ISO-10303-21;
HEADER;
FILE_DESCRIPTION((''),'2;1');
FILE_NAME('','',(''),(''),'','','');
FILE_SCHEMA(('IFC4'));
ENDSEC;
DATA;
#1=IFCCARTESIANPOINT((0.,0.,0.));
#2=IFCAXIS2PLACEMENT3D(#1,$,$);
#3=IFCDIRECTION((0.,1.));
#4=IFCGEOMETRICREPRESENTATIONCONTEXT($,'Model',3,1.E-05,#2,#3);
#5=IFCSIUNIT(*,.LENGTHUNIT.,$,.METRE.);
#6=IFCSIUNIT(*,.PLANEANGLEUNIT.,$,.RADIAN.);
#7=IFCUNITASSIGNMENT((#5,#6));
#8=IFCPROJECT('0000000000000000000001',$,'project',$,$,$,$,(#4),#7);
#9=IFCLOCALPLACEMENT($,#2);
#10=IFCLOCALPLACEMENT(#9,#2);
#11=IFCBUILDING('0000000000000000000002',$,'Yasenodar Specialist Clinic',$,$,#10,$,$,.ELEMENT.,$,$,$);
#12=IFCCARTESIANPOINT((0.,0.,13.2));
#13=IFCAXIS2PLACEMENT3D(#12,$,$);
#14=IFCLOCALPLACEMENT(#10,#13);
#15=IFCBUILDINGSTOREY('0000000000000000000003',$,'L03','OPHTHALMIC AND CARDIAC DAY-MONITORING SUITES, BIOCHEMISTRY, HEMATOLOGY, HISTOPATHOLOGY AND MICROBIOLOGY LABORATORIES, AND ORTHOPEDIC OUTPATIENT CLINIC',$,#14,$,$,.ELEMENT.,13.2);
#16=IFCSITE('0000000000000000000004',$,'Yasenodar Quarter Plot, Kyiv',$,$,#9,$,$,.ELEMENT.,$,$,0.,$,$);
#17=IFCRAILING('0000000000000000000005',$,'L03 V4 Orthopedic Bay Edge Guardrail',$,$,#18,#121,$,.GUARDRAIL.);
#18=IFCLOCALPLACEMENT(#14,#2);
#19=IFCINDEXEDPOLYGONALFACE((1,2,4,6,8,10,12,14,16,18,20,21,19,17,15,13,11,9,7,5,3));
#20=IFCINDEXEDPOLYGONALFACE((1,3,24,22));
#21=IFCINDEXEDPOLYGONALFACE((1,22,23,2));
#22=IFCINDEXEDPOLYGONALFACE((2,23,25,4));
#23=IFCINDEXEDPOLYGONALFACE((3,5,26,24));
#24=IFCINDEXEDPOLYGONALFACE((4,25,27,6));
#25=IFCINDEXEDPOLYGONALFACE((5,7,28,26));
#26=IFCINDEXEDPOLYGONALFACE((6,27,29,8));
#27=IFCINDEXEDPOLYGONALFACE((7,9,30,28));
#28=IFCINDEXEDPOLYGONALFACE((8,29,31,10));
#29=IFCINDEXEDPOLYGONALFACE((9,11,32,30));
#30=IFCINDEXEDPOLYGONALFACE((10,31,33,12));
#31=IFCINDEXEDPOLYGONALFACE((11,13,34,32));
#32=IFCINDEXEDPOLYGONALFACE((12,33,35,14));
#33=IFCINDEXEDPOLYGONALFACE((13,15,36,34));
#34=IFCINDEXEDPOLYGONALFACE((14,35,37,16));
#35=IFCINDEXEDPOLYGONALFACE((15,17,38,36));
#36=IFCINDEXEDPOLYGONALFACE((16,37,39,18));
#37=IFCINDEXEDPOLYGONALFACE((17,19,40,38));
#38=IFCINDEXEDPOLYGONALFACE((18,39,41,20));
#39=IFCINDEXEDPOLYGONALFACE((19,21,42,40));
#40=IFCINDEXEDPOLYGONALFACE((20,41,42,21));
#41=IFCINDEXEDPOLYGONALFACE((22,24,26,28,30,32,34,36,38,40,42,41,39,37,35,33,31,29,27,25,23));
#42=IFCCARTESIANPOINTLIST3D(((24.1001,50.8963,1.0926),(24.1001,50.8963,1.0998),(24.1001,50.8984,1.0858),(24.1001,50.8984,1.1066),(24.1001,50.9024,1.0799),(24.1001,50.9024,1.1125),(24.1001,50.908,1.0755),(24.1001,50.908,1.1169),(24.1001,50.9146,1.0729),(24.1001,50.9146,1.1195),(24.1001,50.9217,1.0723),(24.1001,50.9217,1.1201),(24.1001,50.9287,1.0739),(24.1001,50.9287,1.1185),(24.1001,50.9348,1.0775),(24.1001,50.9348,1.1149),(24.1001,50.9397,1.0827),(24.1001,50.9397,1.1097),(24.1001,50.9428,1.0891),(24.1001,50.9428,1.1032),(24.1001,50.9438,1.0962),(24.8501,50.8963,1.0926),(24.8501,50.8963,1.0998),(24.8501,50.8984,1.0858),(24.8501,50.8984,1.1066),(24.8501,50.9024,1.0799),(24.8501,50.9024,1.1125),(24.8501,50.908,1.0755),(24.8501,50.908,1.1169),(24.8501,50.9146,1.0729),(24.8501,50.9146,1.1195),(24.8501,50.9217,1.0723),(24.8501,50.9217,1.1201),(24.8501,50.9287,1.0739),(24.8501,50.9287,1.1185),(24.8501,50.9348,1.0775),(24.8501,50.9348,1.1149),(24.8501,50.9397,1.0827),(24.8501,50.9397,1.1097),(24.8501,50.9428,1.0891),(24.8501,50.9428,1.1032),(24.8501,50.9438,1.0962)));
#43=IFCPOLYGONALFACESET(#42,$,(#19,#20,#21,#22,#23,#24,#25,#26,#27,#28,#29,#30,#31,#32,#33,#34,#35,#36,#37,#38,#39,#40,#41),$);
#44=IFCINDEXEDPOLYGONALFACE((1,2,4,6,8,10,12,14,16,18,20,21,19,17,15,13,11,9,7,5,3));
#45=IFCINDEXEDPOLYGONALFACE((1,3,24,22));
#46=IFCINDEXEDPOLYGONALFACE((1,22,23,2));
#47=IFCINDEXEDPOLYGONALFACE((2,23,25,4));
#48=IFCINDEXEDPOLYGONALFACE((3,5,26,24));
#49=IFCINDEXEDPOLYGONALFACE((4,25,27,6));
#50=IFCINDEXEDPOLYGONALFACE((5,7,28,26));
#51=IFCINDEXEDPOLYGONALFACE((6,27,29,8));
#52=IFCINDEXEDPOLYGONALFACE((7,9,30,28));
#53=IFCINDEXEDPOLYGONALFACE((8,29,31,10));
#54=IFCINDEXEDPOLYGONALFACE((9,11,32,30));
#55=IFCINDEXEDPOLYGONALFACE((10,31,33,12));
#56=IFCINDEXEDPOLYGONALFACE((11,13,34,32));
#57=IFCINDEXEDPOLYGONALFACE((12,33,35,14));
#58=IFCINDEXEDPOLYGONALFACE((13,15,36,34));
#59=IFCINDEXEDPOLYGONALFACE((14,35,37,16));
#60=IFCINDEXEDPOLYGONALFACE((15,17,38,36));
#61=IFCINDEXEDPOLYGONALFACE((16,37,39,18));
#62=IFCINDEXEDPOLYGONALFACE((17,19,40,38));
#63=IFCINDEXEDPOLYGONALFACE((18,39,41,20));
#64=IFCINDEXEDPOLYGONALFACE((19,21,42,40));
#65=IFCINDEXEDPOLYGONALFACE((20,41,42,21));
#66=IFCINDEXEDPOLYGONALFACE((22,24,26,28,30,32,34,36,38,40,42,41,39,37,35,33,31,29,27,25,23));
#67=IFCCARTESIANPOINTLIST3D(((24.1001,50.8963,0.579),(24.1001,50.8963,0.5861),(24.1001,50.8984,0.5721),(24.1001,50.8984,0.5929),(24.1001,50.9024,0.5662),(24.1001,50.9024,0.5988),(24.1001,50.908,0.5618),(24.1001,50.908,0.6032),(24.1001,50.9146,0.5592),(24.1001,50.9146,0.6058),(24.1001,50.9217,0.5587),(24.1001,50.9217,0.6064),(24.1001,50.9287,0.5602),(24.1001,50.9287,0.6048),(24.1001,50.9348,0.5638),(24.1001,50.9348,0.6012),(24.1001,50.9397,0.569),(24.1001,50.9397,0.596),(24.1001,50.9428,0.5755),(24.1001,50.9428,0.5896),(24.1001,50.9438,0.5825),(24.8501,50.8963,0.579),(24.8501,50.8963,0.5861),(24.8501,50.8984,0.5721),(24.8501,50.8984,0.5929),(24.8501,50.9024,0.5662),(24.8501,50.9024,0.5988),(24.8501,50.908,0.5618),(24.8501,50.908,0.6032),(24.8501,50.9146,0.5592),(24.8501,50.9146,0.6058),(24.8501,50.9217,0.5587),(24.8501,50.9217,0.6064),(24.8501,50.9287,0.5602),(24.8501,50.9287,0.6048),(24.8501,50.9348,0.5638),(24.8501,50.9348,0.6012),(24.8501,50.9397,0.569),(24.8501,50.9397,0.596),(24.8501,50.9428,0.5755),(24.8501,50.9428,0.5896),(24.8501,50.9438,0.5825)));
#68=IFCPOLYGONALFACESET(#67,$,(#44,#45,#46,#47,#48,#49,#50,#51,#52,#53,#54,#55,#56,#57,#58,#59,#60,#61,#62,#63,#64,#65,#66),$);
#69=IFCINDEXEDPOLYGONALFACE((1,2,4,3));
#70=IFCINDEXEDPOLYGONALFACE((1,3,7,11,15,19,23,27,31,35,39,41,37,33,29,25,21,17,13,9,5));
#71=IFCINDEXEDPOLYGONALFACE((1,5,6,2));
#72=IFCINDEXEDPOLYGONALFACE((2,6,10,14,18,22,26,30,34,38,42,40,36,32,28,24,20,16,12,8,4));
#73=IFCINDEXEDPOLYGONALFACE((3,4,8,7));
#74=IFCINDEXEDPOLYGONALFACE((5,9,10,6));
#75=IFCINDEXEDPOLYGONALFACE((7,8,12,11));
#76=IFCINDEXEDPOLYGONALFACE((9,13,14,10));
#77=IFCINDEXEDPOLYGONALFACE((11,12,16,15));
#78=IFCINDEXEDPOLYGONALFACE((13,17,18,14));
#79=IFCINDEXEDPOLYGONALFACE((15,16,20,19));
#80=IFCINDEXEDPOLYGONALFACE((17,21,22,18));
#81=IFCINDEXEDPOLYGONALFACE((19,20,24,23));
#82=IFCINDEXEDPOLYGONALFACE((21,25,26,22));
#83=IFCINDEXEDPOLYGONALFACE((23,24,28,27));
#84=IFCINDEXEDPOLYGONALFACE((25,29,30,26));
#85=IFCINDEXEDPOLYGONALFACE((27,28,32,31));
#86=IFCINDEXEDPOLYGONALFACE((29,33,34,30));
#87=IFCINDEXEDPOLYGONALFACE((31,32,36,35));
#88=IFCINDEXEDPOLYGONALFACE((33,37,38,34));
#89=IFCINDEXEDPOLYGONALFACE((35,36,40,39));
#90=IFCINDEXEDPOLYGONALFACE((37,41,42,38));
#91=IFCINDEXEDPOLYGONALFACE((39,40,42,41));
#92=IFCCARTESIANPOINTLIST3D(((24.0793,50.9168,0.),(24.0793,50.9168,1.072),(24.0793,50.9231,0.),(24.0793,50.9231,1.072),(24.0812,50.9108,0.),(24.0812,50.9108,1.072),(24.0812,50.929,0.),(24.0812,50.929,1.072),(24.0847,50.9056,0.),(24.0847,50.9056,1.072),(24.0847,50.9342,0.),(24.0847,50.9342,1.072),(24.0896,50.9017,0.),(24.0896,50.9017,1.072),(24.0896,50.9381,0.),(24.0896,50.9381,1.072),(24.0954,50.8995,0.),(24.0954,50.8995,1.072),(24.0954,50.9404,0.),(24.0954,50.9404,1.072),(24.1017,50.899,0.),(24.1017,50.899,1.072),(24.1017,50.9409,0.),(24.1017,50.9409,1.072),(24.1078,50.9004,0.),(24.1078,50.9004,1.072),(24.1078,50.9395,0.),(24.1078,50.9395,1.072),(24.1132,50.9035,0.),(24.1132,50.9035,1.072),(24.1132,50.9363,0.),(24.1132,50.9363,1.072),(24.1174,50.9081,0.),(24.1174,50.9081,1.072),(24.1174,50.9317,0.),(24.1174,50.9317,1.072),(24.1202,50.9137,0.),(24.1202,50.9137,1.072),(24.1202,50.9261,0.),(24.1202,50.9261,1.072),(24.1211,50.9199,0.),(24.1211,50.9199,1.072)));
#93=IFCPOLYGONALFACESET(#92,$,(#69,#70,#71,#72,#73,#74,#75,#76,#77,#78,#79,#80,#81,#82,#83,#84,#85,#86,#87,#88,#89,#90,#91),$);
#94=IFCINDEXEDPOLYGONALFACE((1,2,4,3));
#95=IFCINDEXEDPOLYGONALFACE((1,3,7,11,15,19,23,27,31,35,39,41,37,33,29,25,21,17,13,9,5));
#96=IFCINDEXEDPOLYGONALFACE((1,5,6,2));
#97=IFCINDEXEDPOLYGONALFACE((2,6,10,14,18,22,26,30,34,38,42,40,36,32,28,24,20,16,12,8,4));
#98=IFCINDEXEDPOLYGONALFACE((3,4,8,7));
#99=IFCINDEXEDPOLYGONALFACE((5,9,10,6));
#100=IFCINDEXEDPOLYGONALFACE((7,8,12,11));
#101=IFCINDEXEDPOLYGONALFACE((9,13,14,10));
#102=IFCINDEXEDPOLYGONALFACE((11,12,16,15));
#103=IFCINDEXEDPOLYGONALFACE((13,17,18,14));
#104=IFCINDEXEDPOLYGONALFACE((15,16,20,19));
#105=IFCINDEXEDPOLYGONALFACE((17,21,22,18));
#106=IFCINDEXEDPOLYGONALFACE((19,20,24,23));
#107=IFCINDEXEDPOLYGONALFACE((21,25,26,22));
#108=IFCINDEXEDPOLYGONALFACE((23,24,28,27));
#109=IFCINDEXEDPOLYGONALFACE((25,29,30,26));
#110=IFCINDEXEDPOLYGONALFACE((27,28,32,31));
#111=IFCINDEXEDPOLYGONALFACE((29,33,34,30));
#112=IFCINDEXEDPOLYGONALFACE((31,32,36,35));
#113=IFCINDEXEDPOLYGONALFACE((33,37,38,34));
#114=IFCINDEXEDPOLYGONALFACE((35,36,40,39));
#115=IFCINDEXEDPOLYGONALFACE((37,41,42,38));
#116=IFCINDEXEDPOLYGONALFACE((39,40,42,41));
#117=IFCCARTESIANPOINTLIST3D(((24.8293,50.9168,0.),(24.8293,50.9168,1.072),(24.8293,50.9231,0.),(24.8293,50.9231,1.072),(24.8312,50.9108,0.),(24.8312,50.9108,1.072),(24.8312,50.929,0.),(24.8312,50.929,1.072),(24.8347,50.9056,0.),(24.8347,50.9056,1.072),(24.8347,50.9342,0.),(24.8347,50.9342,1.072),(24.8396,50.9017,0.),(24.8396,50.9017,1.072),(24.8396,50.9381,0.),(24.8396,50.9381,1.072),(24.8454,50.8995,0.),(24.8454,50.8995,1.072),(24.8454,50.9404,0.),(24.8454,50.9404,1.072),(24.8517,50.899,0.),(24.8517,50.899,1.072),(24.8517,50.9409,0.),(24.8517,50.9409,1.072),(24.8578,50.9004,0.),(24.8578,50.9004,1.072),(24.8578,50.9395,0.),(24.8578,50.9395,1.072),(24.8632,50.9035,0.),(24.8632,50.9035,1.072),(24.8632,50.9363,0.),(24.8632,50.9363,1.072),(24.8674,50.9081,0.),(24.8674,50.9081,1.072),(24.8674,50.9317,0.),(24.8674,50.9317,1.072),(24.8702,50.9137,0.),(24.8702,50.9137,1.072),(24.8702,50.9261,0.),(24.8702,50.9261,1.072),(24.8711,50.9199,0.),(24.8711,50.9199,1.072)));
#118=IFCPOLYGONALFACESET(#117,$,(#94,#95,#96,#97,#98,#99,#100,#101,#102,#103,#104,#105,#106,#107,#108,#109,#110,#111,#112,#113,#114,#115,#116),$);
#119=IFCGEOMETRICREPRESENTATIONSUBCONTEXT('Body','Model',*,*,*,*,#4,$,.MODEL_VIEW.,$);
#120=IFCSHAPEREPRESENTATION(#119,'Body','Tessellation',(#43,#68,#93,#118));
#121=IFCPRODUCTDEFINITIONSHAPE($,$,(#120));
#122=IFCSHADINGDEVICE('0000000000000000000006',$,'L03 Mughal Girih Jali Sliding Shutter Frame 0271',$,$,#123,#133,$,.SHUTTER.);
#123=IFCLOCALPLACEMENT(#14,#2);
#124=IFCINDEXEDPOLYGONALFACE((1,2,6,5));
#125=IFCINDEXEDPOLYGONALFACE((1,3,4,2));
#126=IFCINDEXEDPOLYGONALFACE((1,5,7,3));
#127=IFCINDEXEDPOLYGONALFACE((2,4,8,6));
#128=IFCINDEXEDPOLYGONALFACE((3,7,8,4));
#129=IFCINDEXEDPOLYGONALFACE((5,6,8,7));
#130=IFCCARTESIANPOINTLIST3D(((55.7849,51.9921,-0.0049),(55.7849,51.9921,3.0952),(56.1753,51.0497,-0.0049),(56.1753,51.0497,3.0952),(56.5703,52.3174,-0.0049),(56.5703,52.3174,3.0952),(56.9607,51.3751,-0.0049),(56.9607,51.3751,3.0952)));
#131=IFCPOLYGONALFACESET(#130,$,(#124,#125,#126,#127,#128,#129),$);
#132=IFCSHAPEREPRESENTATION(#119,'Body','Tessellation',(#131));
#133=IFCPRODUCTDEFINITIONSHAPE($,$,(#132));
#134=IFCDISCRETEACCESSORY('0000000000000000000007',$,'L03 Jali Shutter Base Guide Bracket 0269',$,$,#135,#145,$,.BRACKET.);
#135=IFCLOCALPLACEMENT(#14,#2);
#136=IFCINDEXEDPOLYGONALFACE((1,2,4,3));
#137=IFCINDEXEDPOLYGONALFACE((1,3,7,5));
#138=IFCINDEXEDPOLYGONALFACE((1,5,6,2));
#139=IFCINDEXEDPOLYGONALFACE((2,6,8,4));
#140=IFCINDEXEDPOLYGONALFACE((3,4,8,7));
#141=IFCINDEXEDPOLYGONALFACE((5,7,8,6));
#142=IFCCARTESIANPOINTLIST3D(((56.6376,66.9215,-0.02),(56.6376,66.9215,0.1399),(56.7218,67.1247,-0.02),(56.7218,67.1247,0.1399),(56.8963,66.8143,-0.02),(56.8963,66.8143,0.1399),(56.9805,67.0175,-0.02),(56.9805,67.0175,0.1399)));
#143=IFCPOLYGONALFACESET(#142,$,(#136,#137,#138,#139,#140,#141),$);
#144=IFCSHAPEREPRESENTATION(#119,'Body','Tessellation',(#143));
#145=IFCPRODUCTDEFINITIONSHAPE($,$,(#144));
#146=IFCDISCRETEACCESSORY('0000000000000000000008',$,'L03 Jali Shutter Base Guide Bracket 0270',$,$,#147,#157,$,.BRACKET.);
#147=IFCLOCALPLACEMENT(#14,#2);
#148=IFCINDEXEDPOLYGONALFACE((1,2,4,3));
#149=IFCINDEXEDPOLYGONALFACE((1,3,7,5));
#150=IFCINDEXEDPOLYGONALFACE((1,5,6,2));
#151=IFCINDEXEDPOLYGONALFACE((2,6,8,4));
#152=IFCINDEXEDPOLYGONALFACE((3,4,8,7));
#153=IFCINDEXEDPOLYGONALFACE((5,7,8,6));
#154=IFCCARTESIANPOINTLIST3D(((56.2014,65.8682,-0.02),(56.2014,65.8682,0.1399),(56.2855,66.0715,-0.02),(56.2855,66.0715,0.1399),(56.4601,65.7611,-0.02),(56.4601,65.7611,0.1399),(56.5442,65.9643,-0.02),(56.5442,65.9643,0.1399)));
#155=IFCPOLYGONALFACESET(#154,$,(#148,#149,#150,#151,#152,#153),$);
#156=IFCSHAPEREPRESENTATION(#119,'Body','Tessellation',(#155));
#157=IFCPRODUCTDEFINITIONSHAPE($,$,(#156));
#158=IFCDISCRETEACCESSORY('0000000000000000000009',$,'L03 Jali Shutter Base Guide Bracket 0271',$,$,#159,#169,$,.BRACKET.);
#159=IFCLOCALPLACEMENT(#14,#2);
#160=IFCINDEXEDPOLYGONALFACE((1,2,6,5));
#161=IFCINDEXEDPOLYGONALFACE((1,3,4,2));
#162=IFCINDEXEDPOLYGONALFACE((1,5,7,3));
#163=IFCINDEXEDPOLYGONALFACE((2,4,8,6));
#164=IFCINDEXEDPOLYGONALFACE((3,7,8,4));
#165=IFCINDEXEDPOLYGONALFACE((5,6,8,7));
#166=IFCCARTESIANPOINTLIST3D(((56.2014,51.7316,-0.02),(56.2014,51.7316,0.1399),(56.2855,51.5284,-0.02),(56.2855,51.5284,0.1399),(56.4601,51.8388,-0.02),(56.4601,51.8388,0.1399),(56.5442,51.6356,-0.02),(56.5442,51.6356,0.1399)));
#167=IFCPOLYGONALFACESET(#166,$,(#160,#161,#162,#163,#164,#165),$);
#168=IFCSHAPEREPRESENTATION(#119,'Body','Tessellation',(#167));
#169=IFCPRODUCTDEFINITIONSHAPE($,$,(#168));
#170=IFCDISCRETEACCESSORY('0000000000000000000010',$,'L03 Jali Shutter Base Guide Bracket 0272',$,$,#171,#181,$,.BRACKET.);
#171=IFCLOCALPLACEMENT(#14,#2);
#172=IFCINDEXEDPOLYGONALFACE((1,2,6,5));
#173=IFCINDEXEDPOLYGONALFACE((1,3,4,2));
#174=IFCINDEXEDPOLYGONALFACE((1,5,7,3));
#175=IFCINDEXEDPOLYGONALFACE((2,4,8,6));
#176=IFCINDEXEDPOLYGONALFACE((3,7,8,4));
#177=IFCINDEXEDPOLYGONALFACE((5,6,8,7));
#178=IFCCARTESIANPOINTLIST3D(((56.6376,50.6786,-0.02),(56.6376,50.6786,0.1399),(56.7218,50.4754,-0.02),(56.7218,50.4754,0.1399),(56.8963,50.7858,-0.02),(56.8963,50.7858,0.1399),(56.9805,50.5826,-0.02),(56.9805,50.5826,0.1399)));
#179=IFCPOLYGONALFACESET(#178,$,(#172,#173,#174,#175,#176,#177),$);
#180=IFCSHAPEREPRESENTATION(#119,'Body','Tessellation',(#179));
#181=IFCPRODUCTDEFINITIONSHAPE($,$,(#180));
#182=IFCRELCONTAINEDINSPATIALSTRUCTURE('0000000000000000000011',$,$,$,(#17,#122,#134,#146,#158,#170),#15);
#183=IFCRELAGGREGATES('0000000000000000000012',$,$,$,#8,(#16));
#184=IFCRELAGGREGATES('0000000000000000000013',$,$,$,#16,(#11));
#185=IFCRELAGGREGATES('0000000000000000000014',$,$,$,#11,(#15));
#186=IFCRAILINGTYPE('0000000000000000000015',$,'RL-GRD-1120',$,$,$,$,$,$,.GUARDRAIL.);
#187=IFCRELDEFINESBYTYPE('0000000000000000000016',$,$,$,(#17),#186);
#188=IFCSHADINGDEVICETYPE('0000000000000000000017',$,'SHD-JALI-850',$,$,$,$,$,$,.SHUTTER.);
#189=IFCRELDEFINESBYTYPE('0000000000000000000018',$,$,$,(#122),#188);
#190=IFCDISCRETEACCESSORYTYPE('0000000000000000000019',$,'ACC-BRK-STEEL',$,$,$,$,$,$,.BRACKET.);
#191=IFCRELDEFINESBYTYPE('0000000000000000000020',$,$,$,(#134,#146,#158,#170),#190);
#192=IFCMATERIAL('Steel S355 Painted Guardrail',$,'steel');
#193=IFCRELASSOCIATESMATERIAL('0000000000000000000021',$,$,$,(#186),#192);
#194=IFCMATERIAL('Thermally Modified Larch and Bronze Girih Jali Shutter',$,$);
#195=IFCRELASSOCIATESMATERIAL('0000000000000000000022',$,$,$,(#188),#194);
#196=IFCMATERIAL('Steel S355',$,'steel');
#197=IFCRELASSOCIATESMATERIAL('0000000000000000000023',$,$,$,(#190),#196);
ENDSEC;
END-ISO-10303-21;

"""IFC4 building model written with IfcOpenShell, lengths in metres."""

from ifc_helpers import new_model, si_unit, direction, frame, origin, origin_2d, place, context, subcontext, project, spatial, rectangle, circle, extrude, material, type_object, element, save


model = new_model("IFC4")

# Units and contexts
model_context = context("Model", 3, precision=1e-05, world=origin(), true_north=direction((0.0, 1.0)))
body_context = subcontext(model_context, "Body", "Model", "MODEL_VIEW")
ifc_project = project(units=[si_unit("LENGTHUNIT", "METRE"), si_unit("PLANEANGLEUNIT", "RADIAN")], contexts=[model_context])

# Site, building, storey
site_placement = place(None, origin())
site = spatial("IfcSite", under=ifc_project, at=site_placement, Name="Yasenodar Quarter Plot, Kyiv", CompositionType="ELEMENT", RefElevation=0.0)
building_placement = place(site_placement, origin())
building = spatial("IfcBuilding", under=site, at=building_placement, Name="Yasenodar Specialist Clinic", CompositionType="ELEMENT")
storey_placement = place(building_placement, frame((0.0, 0.0, 13.2)))
storey = spatial("IfcBuildingStorey", under=building, at=storey_placement, Name="L03", Description="OPHTHALMIC AND CARDIAC DAY-MONITORING SUITES, BIOCHEMISTRY, HEMATOLOGY, HISTOPATHOLOGY AND MICROBIOLOGY LABORATORIES, AND ORTHOPEDIC OUTPATIENT CLINIC", CompositionType="ELEMENT", Elevation=13.2)

# Shared definitions
ifc_material_1 = material(Name="Steel S355", Category="steel")

# Railing
ifc_material_2 = material(Name="Steel S355 Painted Guardrail", Category="steel")
railing_type = type_object("IfcRailingType", Name="RL-GRD-1120", PredefinedType="GUARDRAIL", material=ifc_material_2)
railing_placement = place(storey_placement, frame((24.1001, 50.9199, 0.0)))
element("IfcRailing", 1, at=railing_placement, inside=storey, type_object=railing_type, Name="L03 V4 Orthopedic Bay Edge Guardrail", PredefinedType="GUARDRAIL", context=body_context, shape_type="SweptSolid", body=[
    extrude(circle(Radius=0.0239, at=origin_2d()), frame((0.0, 0.0, 1.0962), z_axis=(1.0, 0.0, 0.0), x_axis=(0.0, 1.0, 0.0)), (0.0, 0.0, 1.0), 0.75),
    extrude(circle(Radius=0.0239, at=origin_2d()), frame((0.0, 0.0, 0.5825), z_axis=(1.0, 0.0, 0.0), x_axis=(0.0, 1.0, 0.0)), (0.0, 0.0, 1.0), 0.75),
    extrude(circle(Radius=0.021, at=origin_2d()), origin(), (0.0, 0.0, 1.0), 1.072),
    extrude(circle(Radius=0.021, at=origin_2d()), frame((0.75, 0.0, 0.0)), (0.0, 0.0, 1.0), 1.072),
])

# Shading device
ifc_material_3 = material(Name="Thermally Modified Larch and Bronze Girih Jali Shutter")
shading_device_type = type_object("IfcShadingDeviceType", Name="SHD-JALI-850", PredefinedType="SHUTTER", material=ifc_material_3)
shading_device_placement = place(storey_placement, frame((56.3728, 51.6836, -0.0049), z_axis=(0.0, 0.0, 1.0), x_axis=(0.382687, -0.923878, 0.0)))
element("IfcShadingDevice", 2, at=shading_device_placement, inside=storey, type_object=shading_device_type, Name="L03 Mughal Girih Jali Sliding Shutter Frame 0271", PredefinedType="SHUTTER", context=body_context, shape_type="SweptSolid", body=[
    extrude(rectangle(XDim=1.02, YDim=0.8501, at=origin_2d()), origin(), (0.0, 0.0, 1.0), 3.1001),
])

# Discrete accessories
discrete_accessory_type = type_object("IfcDiscreteAccessoryType", Name="ACC-BRK-STEEL", PredefinedType="BRACKET", material=ifc_material_1)
for number, where, z_axis, x_axis, name in (
    (3, (56.8091, 66.9695, -0.02), (0.0, 0.0, 1.0), (-0.382687, -0.923878, 0.0), "L03 Jali Shutter Base Guide Bracket 0269"),
    (4, (56.3728, 65.9163, -0.02), (0.0, 0.0, 1.0), (-0.382687, -0.923878, 0.0), "L03 Jali Shutter Base Guide Bracket 0270"),
    (5, (56.3728, 51.6836, -0.02), (0.0, 0.0, 1.0), (0.382687, -0.923878, 0.0), "L03 Jali Shutter Base Guide Bracket 0271"),
    (6, (56.8091, 50.6306, -0.02), (0.0, 0.0, 1.0), (0.382687, -0.923878, 0.0), "L03 Jali Shutter Base Guide Bracket 0272"),
):
    element("IfcDiscreteAccessory", number, at=place(storey_placement, frame(where, z_axis=z_axis, x_axis=x_axis)), inside=storey, type_object=discrete_accessory_type, Name=name, PredefinedType="BRACKET", context=body_context, shape_type="SweptSolid", body=[
        extrude(rectangle(XDim=0.22, YDim=0.28, at=origin_2d()), origin(), (0.0, 0.0, 1.0), 0.1599),
    ])

save(model, "model.ifc")
